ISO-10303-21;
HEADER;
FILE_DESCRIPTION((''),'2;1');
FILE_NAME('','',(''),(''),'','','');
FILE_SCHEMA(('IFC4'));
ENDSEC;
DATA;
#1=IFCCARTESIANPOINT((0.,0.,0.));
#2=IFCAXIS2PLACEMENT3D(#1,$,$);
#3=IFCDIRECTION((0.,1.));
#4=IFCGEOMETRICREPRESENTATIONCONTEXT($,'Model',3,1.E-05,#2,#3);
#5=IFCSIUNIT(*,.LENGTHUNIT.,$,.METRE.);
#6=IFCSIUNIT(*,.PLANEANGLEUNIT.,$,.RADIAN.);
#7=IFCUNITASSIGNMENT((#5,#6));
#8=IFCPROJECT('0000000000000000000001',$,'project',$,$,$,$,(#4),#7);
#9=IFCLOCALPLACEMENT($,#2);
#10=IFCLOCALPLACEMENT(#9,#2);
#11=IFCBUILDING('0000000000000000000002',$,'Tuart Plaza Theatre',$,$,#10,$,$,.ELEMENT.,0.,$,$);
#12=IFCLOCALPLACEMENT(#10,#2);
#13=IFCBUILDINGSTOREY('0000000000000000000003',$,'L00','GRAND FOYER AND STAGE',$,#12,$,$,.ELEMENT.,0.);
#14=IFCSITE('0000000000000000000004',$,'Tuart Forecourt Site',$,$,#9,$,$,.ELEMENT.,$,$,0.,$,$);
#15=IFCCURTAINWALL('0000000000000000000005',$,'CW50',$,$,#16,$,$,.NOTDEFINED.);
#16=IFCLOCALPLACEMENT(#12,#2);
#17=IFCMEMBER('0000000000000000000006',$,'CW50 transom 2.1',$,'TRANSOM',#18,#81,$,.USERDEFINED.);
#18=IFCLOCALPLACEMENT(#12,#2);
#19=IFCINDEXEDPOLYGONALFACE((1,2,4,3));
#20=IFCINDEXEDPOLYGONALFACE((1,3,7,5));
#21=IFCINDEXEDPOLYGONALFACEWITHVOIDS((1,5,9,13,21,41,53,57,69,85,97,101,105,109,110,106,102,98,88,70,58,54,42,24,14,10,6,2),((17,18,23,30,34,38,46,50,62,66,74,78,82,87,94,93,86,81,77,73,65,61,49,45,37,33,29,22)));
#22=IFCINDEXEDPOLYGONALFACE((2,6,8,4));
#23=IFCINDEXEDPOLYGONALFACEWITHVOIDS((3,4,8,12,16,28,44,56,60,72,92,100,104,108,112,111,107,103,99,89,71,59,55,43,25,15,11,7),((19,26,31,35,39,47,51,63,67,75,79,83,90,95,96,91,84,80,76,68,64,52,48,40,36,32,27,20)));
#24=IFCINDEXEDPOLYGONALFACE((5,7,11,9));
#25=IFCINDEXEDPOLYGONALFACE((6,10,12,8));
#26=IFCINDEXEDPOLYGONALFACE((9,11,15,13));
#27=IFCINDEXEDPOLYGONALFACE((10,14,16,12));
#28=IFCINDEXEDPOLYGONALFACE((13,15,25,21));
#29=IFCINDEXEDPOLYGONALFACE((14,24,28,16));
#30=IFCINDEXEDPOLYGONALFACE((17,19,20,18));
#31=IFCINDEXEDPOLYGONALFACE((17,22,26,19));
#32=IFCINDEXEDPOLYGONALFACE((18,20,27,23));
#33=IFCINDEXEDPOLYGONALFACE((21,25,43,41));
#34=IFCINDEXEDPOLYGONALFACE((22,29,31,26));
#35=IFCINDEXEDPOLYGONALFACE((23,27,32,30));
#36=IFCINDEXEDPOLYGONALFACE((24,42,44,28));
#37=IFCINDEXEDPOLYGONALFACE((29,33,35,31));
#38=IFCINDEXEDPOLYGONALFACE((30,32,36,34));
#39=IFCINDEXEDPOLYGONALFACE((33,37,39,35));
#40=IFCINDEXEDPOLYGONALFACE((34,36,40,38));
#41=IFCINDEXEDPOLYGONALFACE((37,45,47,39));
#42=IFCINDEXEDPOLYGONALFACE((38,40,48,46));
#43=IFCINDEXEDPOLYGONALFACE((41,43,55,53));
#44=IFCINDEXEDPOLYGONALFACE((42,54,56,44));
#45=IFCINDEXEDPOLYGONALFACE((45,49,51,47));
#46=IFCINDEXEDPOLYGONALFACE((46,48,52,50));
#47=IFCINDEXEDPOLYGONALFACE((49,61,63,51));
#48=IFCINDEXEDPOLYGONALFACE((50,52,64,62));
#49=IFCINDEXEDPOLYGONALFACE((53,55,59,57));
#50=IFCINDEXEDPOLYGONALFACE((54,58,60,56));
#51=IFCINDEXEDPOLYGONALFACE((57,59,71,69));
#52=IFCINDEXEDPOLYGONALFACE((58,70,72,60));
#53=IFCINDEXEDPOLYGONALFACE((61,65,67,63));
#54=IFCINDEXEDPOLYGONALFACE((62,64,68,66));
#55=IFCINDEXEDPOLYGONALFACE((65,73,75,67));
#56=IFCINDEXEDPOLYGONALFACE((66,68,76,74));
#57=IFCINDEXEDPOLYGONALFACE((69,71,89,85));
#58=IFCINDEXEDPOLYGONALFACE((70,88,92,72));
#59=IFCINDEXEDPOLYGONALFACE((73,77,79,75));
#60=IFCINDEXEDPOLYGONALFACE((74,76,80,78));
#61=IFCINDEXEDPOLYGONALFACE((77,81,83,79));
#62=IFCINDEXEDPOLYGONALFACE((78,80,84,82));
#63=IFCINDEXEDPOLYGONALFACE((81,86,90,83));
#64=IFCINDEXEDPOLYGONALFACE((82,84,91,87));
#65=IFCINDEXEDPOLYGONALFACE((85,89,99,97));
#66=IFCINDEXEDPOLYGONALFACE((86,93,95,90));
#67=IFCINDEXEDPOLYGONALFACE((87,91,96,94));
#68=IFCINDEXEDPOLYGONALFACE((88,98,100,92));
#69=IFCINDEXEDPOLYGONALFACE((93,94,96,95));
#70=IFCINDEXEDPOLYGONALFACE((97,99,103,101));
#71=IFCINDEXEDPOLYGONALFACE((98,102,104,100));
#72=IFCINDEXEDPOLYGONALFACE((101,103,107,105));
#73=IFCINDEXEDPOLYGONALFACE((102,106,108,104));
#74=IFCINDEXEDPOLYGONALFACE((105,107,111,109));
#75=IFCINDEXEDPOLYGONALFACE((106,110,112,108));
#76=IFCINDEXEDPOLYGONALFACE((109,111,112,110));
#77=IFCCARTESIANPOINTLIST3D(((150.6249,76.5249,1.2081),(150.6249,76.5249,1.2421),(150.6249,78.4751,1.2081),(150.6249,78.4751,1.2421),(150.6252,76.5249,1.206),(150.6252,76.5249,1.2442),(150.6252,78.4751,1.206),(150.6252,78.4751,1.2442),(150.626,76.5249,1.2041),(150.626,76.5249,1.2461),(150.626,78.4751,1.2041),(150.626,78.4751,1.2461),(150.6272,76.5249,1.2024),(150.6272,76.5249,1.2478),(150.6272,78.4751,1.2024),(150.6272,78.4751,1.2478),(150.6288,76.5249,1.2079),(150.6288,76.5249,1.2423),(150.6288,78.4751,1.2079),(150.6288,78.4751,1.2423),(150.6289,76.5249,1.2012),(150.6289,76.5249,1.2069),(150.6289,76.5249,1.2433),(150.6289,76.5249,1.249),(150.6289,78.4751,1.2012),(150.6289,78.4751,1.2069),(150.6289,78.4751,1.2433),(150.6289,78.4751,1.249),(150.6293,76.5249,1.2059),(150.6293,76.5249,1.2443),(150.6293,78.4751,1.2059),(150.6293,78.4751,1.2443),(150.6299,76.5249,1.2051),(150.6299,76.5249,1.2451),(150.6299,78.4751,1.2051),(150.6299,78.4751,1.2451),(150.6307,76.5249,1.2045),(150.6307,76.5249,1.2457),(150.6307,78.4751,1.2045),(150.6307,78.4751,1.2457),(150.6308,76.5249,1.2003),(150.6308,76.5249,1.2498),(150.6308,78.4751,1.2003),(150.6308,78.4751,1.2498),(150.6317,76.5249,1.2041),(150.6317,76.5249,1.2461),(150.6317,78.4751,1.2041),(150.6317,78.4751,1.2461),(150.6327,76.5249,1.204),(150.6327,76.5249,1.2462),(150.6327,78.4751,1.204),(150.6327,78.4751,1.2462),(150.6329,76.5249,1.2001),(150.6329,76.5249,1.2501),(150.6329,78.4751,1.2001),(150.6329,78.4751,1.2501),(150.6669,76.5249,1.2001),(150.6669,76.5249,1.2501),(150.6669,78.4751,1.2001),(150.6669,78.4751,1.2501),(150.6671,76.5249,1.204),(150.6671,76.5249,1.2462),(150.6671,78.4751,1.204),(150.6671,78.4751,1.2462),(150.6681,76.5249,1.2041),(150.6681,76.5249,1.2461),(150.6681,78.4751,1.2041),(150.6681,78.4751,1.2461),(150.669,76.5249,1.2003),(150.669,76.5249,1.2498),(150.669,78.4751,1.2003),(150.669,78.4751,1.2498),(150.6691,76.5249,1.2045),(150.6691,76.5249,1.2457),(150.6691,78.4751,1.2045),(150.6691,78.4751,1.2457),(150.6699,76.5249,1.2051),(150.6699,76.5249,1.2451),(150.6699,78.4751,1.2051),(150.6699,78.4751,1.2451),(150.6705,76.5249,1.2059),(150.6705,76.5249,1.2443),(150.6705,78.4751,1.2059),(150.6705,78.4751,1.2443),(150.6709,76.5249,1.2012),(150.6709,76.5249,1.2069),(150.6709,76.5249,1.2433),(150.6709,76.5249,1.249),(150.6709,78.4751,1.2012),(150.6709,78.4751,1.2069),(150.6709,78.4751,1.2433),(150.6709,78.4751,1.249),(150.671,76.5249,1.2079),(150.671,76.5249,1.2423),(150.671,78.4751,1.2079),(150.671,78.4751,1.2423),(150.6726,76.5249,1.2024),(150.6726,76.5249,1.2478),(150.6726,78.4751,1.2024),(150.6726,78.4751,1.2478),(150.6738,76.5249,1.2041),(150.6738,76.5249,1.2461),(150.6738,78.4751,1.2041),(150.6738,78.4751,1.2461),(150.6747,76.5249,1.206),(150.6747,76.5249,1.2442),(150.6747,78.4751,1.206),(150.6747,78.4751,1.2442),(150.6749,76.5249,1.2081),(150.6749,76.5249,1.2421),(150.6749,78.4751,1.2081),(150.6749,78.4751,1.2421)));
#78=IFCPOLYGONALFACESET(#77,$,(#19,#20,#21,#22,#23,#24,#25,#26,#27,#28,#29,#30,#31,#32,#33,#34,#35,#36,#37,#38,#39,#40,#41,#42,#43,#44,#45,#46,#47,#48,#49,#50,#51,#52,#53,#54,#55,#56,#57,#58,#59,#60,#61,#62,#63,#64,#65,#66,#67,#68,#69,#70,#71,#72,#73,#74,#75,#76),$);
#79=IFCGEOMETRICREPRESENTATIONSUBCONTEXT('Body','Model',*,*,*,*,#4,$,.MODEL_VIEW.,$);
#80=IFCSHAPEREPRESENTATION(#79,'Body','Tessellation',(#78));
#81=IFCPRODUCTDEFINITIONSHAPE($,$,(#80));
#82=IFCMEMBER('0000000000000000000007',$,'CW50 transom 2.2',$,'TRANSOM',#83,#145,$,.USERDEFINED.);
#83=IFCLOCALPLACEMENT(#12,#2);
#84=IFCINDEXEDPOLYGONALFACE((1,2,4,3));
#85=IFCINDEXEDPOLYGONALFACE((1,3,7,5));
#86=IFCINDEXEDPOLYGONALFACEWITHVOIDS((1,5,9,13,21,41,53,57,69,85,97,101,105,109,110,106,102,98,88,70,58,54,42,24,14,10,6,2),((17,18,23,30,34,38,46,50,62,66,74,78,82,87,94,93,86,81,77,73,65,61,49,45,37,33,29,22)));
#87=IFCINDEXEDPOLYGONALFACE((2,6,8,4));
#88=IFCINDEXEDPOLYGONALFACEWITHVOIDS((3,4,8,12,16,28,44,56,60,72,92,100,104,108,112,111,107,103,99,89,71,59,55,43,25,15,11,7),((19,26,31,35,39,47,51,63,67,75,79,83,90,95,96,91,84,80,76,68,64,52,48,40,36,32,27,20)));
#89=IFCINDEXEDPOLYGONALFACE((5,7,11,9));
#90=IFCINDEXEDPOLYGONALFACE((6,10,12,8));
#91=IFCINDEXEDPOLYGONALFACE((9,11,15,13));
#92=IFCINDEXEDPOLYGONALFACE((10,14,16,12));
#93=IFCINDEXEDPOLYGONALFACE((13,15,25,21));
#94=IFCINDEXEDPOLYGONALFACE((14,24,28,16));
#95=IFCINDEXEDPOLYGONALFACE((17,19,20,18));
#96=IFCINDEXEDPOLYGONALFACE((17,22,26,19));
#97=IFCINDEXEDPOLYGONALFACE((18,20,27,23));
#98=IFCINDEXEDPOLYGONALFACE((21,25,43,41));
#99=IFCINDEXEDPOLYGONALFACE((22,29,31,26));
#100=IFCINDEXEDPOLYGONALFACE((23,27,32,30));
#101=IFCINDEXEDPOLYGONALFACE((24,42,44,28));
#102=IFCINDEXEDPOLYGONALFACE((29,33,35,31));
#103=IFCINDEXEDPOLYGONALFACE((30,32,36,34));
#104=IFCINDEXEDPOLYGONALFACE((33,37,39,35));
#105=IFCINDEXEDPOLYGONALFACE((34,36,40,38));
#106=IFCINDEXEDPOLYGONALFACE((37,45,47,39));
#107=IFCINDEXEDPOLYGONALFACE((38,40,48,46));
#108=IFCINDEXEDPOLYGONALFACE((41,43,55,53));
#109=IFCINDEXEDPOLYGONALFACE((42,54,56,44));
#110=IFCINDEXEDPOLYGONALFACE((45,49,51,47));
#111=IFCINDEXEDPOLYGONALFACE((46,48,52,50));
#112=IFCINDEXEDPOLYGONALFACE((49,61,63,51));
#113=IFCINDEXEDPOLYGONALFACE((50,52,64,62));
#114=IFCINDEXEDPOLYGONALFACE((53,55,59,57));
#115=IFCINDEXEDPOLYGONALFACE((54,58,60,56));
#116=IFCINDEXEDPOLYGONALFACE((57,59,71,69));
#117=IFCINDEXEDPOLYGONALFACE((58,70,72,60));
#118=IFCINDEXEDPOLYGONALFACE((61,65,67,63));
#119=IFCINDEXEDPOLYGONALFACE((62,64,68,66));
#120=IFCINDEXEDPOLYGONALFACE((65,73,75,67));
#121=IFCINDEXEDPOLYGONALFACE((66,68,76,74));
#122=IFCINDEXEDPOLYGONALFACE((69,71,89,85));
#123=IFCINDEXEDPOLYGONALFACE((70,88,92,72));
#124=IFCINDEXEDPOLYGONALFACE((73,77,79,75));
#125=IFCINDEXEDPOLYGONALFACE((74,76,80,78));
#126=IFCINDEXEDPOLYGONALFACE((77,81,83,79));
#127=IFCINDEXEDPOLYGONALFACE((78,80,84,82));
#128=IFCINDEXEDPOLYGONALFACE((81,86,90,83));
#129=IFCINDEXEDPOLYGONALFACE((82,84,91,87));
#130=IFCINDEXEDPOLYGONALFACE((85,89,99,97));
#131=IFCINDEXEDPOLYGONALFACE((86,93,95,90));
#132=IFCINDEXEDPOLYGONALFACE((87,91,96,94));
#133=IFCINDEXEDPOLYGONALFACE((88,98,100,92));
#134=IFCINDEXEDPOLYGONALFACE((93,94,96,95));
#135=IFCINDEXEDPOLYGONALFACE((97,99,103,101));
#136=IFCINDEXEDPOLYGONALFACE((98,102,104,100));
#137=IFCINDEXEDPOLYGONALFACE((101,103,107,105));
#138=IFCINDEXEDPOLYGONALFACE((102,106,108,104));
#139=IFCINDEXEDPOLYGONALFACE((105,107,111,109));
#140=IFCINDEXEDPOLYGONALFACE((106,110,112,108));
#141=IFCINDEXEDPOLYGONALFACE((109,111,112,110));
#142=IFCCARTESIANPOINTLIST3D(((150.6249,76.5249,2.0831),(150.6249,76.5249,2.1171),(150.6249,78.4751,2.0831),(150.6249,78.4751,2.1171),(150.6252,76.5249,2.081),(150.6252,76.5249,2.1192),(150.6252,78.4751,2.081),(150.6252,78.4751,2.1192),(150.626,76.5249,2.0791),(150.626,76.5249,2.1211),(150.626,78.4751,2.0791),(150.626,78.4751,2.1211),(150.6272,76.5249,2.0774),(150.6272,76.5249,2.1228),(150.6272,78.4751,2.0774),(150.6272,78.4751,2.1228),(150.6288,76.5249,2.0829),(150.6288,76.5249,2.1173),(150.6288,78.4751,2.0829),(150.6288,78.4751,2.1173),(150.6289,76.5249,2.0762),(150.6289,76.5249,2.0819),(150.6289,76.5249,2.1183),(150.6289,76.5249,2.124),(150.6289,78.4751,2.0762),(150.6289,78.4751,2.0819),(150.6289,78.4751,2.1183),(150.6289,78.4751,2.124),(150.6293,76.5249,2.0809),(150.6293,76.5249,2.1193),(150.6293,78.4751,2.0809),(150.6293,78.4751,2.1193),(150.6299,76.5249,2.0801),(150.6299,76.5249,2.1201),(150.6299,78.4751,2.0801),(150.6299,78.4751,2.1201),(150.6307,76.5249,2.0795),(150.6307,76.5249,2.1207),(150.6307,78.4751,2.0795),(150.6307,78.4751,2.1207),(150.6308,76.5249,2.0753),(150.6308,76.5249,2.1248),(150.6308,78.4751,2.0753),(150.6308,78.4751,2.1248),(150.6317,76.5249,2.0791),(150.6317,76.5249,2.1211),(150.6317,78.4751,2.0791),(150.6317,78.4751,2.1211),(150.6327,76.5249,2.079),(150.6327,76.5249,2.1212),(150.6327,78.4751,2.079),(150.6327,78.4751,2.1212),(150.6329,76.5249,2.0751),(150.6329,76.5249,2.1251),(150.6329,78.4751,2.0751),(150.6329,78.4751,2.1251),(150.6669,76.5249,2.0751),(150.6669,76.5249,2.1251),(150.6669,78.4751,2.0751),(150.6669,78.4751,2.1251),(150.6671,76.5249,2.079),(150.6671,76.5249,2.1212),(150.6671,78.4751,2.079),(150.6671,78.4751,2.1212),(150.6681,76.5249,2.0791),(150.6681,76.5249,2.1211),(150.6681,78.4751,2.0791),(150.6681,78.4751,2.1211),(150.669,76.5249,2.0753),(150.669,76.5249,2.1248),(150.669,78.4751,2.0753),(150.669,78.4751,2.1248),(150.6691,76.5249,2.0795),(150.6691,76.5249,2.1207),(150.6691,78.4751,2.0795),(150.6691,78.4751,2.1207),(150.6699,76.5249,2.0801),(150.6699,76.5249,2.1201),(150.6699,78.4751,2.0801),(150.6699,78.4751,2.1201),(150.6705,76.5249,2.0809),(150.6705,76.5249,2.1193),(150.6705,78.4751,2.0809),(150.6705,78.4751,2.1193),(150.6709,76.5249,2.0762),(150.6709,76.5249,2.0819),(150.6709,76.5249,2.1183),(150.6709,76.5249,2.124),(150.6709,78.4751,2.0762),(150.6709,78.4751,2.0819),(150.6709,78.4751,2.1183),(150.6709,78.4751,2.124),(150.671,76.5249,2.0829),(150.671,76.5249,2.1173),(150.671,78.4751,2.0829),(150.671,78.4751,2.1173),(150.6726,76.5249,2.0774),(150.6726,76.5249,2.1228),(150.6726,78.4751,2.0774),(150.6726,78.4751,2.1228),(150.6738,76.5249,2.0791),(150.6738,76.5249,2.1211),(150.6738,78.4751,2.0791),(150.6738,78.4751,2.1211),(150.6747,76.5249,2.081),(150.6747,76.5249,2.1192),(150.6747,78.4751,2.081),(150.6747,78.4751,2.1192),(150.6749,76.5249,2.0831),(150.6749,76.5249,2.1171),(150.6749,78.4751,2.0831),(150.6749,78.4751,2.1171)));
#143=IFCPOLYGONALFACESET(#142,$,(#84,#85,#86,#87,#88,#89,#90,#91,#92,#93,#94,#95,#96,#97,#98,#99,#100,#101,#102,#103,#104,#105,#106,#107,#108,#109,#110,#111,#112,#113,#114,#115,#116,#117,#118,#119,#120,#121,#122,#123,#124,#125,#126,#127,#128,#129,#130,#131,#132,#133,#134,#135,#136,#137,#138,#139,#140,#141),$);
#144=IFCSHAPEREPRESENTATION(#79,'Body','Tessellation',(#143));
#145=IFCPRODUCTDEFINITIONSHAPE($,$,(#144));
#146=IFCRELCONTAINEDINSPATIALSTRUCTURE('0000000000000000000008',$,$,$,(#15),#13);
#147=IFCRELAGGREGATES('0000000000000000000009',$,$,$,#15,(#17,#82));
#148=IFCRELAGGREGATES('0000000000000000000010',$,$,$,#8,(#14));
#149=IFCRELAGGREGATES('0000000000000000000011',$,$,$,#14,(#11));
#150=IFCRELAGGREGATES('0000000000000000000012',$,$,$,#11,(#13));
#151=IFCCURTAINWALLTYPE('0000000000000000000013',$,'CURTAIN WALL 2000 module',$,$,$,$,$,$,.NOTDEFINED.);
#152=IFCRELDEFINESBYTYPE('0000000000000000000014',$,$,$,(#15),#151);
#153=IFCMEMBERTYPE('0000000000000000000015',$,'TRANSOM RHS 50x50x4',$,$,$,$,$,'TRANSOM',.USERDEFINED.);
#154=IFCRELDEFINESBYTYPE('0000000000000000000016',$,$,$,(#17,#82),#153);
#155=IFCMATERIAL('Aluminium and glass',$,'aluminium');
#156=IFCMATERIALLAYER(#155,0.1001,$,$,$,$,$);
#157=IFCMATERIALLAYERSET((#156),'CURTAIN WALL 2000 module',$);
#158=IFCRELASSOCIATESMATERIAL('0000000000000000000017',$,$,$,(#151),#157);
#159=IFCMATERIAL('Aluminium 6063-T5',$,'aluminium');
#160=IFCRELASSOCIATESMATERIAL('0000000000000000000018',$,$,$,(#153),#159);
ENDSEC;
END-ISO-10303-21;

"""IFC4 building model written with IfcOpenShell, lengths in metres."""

from ifc_helpers import new_model, si_unit, direction, frame, origin, origin_2d, place, context, subcontext, project, spatial, hollow_rectangle, extrude, material, layer, layer_set, material_profile, profile_set, type_object, element, aggregate, save


model = new_model("IFC4")

# Units and contexts
model_context = context("Model", 3, precision=1e-05, world=origin(), true_north=direction((0.0, 1.0)))
body_context = subcontext(model_context, "Body", "Model", "MODEL_VIEW")
ifc_project = project(units=[si_unit("LENGTHUNIT", "METRE"), si_unit("PLANEANGLEUNIT", "RADIAN")], contexts=[model_context])

# Site, building, storey
site_placement = place(None, origin())
site = spatial("IfcSite", under=ifc_project, at=site_placement, Name="Tuart Forecourt Site", CompositionType="ELEMENT", RefElevation=0.0)
building_placement = place(site_placement, origin())
building = spatial("IfcBuilding", under=site, at=building_placement, Name="Tuart Plaza Theatre", CompositionType="ELEMENT", ElevationOfRefHeight=0.0)
storey_placement = place(building_placement, origin())
storey = spatial("IfcBuildingStorey", under=building, at=storey_placement, Name="L00", Description="GRAND FOYER AND STAGE", CompositionType="ELEMENT", Elevation=0.0)

# Curtain wall, members
ifc_material_1 = material(Name="Aluminium and glass", Category="aluminium")
ifc_layer_1 = layer(ifc_material_1, 0.1001)
ifc_layer_set_1 = layer_set([ifc_layer_1], Name="CURTAIN WALL 2000 module")
curtain_wall_type = type_object("IfcCurtainWallType", Name="CURTAIN WALL 2000 module", PredefinedType="NOTDEFINED", material=ifc_layer_set_1)
curtain_wall_placement = place(storey_placement, origin())
curtain_wall = element("IfcCurtainWall", 1, at=curtain_wall_placement, inside=storey, type_object=curtain_wall_type, Name="CW50", PredefinedType="NOTDEFINED")
ifc_material_2 = material(Name="Aluminium 6063-T5", Category="aluminium")
ifc_material_profile_1 = material_profile(ifc_material_2, hollow_rectangle(XDim=0.05, YDim=0.05, WallThickness=0.0039, InnerFilletRadius=0.0039, OuterFilletRadius=0.0081, at=origin_2d()), Name="RHS 50x50x4")
ifc_profile_set_1 = profile_set([ifc_material_profile_1], Name="Aluminium 6063-T5")
member_type_1 = type_object("IfcMemberType", Name="TRANSOM RHS 50x50x4", ElementType="TRANSOM", PredefinedType="USERDEFINED", material=ifc_profile_set_1)
member_1_placement = place(storey_placement, frame((150.6499, 76.5249, 1.2251), z_axis=(0.0, 1.0, 0.0), x_axis=(-1.0, 0.0, 0.0)))
member_1 = element("IfcMember", 2, at=member_1_placement, type_object=member_type_1, Name="CW50 transom 2.1", ObjectType="TRANSOM", PredefinedType="USERDEFINED", context=body_context, shape_type="SweptSolid", body=[
    extrude(hollow_rectangle(XDim=0.05, YDim=0.05, WallThickness=0.0039, InnerFilletRadius=0.0039, OuterFilletRadius=0.0081, at=origin_2d()), origin(), (0.0, 0.0, 1.0), 1.9502),
])
member_2_placement = place(storey_placement, frame((150.6499, 76.5249, 2.1001), z_axis=(0.0, 1.0, 0.0), x_axis=(-1.0, 0.0, 0.0)))
member_2 = element("IfcMember", 3, at=member_2_placement, type_object=member_type_1, Name="CW50 transom 2.2", ObjectType="TRANSOM", PredefinedType="USERDEFINED", context=body_context, shape_type="SweptSolid", body=[
    extrude(hollow_rectangle(XDim=0.05, YDim=0.05, WallThickness=0.0039, InnerFilletRadius=0.0039, OuterFilletRadius=0.0081, at=origin_2d()), origin(), (0.0, 0.0, 1.0), 1.9502),
])
aggregate(curtain_wall, [member_1, member_2])

save(model, "model.ifc")
